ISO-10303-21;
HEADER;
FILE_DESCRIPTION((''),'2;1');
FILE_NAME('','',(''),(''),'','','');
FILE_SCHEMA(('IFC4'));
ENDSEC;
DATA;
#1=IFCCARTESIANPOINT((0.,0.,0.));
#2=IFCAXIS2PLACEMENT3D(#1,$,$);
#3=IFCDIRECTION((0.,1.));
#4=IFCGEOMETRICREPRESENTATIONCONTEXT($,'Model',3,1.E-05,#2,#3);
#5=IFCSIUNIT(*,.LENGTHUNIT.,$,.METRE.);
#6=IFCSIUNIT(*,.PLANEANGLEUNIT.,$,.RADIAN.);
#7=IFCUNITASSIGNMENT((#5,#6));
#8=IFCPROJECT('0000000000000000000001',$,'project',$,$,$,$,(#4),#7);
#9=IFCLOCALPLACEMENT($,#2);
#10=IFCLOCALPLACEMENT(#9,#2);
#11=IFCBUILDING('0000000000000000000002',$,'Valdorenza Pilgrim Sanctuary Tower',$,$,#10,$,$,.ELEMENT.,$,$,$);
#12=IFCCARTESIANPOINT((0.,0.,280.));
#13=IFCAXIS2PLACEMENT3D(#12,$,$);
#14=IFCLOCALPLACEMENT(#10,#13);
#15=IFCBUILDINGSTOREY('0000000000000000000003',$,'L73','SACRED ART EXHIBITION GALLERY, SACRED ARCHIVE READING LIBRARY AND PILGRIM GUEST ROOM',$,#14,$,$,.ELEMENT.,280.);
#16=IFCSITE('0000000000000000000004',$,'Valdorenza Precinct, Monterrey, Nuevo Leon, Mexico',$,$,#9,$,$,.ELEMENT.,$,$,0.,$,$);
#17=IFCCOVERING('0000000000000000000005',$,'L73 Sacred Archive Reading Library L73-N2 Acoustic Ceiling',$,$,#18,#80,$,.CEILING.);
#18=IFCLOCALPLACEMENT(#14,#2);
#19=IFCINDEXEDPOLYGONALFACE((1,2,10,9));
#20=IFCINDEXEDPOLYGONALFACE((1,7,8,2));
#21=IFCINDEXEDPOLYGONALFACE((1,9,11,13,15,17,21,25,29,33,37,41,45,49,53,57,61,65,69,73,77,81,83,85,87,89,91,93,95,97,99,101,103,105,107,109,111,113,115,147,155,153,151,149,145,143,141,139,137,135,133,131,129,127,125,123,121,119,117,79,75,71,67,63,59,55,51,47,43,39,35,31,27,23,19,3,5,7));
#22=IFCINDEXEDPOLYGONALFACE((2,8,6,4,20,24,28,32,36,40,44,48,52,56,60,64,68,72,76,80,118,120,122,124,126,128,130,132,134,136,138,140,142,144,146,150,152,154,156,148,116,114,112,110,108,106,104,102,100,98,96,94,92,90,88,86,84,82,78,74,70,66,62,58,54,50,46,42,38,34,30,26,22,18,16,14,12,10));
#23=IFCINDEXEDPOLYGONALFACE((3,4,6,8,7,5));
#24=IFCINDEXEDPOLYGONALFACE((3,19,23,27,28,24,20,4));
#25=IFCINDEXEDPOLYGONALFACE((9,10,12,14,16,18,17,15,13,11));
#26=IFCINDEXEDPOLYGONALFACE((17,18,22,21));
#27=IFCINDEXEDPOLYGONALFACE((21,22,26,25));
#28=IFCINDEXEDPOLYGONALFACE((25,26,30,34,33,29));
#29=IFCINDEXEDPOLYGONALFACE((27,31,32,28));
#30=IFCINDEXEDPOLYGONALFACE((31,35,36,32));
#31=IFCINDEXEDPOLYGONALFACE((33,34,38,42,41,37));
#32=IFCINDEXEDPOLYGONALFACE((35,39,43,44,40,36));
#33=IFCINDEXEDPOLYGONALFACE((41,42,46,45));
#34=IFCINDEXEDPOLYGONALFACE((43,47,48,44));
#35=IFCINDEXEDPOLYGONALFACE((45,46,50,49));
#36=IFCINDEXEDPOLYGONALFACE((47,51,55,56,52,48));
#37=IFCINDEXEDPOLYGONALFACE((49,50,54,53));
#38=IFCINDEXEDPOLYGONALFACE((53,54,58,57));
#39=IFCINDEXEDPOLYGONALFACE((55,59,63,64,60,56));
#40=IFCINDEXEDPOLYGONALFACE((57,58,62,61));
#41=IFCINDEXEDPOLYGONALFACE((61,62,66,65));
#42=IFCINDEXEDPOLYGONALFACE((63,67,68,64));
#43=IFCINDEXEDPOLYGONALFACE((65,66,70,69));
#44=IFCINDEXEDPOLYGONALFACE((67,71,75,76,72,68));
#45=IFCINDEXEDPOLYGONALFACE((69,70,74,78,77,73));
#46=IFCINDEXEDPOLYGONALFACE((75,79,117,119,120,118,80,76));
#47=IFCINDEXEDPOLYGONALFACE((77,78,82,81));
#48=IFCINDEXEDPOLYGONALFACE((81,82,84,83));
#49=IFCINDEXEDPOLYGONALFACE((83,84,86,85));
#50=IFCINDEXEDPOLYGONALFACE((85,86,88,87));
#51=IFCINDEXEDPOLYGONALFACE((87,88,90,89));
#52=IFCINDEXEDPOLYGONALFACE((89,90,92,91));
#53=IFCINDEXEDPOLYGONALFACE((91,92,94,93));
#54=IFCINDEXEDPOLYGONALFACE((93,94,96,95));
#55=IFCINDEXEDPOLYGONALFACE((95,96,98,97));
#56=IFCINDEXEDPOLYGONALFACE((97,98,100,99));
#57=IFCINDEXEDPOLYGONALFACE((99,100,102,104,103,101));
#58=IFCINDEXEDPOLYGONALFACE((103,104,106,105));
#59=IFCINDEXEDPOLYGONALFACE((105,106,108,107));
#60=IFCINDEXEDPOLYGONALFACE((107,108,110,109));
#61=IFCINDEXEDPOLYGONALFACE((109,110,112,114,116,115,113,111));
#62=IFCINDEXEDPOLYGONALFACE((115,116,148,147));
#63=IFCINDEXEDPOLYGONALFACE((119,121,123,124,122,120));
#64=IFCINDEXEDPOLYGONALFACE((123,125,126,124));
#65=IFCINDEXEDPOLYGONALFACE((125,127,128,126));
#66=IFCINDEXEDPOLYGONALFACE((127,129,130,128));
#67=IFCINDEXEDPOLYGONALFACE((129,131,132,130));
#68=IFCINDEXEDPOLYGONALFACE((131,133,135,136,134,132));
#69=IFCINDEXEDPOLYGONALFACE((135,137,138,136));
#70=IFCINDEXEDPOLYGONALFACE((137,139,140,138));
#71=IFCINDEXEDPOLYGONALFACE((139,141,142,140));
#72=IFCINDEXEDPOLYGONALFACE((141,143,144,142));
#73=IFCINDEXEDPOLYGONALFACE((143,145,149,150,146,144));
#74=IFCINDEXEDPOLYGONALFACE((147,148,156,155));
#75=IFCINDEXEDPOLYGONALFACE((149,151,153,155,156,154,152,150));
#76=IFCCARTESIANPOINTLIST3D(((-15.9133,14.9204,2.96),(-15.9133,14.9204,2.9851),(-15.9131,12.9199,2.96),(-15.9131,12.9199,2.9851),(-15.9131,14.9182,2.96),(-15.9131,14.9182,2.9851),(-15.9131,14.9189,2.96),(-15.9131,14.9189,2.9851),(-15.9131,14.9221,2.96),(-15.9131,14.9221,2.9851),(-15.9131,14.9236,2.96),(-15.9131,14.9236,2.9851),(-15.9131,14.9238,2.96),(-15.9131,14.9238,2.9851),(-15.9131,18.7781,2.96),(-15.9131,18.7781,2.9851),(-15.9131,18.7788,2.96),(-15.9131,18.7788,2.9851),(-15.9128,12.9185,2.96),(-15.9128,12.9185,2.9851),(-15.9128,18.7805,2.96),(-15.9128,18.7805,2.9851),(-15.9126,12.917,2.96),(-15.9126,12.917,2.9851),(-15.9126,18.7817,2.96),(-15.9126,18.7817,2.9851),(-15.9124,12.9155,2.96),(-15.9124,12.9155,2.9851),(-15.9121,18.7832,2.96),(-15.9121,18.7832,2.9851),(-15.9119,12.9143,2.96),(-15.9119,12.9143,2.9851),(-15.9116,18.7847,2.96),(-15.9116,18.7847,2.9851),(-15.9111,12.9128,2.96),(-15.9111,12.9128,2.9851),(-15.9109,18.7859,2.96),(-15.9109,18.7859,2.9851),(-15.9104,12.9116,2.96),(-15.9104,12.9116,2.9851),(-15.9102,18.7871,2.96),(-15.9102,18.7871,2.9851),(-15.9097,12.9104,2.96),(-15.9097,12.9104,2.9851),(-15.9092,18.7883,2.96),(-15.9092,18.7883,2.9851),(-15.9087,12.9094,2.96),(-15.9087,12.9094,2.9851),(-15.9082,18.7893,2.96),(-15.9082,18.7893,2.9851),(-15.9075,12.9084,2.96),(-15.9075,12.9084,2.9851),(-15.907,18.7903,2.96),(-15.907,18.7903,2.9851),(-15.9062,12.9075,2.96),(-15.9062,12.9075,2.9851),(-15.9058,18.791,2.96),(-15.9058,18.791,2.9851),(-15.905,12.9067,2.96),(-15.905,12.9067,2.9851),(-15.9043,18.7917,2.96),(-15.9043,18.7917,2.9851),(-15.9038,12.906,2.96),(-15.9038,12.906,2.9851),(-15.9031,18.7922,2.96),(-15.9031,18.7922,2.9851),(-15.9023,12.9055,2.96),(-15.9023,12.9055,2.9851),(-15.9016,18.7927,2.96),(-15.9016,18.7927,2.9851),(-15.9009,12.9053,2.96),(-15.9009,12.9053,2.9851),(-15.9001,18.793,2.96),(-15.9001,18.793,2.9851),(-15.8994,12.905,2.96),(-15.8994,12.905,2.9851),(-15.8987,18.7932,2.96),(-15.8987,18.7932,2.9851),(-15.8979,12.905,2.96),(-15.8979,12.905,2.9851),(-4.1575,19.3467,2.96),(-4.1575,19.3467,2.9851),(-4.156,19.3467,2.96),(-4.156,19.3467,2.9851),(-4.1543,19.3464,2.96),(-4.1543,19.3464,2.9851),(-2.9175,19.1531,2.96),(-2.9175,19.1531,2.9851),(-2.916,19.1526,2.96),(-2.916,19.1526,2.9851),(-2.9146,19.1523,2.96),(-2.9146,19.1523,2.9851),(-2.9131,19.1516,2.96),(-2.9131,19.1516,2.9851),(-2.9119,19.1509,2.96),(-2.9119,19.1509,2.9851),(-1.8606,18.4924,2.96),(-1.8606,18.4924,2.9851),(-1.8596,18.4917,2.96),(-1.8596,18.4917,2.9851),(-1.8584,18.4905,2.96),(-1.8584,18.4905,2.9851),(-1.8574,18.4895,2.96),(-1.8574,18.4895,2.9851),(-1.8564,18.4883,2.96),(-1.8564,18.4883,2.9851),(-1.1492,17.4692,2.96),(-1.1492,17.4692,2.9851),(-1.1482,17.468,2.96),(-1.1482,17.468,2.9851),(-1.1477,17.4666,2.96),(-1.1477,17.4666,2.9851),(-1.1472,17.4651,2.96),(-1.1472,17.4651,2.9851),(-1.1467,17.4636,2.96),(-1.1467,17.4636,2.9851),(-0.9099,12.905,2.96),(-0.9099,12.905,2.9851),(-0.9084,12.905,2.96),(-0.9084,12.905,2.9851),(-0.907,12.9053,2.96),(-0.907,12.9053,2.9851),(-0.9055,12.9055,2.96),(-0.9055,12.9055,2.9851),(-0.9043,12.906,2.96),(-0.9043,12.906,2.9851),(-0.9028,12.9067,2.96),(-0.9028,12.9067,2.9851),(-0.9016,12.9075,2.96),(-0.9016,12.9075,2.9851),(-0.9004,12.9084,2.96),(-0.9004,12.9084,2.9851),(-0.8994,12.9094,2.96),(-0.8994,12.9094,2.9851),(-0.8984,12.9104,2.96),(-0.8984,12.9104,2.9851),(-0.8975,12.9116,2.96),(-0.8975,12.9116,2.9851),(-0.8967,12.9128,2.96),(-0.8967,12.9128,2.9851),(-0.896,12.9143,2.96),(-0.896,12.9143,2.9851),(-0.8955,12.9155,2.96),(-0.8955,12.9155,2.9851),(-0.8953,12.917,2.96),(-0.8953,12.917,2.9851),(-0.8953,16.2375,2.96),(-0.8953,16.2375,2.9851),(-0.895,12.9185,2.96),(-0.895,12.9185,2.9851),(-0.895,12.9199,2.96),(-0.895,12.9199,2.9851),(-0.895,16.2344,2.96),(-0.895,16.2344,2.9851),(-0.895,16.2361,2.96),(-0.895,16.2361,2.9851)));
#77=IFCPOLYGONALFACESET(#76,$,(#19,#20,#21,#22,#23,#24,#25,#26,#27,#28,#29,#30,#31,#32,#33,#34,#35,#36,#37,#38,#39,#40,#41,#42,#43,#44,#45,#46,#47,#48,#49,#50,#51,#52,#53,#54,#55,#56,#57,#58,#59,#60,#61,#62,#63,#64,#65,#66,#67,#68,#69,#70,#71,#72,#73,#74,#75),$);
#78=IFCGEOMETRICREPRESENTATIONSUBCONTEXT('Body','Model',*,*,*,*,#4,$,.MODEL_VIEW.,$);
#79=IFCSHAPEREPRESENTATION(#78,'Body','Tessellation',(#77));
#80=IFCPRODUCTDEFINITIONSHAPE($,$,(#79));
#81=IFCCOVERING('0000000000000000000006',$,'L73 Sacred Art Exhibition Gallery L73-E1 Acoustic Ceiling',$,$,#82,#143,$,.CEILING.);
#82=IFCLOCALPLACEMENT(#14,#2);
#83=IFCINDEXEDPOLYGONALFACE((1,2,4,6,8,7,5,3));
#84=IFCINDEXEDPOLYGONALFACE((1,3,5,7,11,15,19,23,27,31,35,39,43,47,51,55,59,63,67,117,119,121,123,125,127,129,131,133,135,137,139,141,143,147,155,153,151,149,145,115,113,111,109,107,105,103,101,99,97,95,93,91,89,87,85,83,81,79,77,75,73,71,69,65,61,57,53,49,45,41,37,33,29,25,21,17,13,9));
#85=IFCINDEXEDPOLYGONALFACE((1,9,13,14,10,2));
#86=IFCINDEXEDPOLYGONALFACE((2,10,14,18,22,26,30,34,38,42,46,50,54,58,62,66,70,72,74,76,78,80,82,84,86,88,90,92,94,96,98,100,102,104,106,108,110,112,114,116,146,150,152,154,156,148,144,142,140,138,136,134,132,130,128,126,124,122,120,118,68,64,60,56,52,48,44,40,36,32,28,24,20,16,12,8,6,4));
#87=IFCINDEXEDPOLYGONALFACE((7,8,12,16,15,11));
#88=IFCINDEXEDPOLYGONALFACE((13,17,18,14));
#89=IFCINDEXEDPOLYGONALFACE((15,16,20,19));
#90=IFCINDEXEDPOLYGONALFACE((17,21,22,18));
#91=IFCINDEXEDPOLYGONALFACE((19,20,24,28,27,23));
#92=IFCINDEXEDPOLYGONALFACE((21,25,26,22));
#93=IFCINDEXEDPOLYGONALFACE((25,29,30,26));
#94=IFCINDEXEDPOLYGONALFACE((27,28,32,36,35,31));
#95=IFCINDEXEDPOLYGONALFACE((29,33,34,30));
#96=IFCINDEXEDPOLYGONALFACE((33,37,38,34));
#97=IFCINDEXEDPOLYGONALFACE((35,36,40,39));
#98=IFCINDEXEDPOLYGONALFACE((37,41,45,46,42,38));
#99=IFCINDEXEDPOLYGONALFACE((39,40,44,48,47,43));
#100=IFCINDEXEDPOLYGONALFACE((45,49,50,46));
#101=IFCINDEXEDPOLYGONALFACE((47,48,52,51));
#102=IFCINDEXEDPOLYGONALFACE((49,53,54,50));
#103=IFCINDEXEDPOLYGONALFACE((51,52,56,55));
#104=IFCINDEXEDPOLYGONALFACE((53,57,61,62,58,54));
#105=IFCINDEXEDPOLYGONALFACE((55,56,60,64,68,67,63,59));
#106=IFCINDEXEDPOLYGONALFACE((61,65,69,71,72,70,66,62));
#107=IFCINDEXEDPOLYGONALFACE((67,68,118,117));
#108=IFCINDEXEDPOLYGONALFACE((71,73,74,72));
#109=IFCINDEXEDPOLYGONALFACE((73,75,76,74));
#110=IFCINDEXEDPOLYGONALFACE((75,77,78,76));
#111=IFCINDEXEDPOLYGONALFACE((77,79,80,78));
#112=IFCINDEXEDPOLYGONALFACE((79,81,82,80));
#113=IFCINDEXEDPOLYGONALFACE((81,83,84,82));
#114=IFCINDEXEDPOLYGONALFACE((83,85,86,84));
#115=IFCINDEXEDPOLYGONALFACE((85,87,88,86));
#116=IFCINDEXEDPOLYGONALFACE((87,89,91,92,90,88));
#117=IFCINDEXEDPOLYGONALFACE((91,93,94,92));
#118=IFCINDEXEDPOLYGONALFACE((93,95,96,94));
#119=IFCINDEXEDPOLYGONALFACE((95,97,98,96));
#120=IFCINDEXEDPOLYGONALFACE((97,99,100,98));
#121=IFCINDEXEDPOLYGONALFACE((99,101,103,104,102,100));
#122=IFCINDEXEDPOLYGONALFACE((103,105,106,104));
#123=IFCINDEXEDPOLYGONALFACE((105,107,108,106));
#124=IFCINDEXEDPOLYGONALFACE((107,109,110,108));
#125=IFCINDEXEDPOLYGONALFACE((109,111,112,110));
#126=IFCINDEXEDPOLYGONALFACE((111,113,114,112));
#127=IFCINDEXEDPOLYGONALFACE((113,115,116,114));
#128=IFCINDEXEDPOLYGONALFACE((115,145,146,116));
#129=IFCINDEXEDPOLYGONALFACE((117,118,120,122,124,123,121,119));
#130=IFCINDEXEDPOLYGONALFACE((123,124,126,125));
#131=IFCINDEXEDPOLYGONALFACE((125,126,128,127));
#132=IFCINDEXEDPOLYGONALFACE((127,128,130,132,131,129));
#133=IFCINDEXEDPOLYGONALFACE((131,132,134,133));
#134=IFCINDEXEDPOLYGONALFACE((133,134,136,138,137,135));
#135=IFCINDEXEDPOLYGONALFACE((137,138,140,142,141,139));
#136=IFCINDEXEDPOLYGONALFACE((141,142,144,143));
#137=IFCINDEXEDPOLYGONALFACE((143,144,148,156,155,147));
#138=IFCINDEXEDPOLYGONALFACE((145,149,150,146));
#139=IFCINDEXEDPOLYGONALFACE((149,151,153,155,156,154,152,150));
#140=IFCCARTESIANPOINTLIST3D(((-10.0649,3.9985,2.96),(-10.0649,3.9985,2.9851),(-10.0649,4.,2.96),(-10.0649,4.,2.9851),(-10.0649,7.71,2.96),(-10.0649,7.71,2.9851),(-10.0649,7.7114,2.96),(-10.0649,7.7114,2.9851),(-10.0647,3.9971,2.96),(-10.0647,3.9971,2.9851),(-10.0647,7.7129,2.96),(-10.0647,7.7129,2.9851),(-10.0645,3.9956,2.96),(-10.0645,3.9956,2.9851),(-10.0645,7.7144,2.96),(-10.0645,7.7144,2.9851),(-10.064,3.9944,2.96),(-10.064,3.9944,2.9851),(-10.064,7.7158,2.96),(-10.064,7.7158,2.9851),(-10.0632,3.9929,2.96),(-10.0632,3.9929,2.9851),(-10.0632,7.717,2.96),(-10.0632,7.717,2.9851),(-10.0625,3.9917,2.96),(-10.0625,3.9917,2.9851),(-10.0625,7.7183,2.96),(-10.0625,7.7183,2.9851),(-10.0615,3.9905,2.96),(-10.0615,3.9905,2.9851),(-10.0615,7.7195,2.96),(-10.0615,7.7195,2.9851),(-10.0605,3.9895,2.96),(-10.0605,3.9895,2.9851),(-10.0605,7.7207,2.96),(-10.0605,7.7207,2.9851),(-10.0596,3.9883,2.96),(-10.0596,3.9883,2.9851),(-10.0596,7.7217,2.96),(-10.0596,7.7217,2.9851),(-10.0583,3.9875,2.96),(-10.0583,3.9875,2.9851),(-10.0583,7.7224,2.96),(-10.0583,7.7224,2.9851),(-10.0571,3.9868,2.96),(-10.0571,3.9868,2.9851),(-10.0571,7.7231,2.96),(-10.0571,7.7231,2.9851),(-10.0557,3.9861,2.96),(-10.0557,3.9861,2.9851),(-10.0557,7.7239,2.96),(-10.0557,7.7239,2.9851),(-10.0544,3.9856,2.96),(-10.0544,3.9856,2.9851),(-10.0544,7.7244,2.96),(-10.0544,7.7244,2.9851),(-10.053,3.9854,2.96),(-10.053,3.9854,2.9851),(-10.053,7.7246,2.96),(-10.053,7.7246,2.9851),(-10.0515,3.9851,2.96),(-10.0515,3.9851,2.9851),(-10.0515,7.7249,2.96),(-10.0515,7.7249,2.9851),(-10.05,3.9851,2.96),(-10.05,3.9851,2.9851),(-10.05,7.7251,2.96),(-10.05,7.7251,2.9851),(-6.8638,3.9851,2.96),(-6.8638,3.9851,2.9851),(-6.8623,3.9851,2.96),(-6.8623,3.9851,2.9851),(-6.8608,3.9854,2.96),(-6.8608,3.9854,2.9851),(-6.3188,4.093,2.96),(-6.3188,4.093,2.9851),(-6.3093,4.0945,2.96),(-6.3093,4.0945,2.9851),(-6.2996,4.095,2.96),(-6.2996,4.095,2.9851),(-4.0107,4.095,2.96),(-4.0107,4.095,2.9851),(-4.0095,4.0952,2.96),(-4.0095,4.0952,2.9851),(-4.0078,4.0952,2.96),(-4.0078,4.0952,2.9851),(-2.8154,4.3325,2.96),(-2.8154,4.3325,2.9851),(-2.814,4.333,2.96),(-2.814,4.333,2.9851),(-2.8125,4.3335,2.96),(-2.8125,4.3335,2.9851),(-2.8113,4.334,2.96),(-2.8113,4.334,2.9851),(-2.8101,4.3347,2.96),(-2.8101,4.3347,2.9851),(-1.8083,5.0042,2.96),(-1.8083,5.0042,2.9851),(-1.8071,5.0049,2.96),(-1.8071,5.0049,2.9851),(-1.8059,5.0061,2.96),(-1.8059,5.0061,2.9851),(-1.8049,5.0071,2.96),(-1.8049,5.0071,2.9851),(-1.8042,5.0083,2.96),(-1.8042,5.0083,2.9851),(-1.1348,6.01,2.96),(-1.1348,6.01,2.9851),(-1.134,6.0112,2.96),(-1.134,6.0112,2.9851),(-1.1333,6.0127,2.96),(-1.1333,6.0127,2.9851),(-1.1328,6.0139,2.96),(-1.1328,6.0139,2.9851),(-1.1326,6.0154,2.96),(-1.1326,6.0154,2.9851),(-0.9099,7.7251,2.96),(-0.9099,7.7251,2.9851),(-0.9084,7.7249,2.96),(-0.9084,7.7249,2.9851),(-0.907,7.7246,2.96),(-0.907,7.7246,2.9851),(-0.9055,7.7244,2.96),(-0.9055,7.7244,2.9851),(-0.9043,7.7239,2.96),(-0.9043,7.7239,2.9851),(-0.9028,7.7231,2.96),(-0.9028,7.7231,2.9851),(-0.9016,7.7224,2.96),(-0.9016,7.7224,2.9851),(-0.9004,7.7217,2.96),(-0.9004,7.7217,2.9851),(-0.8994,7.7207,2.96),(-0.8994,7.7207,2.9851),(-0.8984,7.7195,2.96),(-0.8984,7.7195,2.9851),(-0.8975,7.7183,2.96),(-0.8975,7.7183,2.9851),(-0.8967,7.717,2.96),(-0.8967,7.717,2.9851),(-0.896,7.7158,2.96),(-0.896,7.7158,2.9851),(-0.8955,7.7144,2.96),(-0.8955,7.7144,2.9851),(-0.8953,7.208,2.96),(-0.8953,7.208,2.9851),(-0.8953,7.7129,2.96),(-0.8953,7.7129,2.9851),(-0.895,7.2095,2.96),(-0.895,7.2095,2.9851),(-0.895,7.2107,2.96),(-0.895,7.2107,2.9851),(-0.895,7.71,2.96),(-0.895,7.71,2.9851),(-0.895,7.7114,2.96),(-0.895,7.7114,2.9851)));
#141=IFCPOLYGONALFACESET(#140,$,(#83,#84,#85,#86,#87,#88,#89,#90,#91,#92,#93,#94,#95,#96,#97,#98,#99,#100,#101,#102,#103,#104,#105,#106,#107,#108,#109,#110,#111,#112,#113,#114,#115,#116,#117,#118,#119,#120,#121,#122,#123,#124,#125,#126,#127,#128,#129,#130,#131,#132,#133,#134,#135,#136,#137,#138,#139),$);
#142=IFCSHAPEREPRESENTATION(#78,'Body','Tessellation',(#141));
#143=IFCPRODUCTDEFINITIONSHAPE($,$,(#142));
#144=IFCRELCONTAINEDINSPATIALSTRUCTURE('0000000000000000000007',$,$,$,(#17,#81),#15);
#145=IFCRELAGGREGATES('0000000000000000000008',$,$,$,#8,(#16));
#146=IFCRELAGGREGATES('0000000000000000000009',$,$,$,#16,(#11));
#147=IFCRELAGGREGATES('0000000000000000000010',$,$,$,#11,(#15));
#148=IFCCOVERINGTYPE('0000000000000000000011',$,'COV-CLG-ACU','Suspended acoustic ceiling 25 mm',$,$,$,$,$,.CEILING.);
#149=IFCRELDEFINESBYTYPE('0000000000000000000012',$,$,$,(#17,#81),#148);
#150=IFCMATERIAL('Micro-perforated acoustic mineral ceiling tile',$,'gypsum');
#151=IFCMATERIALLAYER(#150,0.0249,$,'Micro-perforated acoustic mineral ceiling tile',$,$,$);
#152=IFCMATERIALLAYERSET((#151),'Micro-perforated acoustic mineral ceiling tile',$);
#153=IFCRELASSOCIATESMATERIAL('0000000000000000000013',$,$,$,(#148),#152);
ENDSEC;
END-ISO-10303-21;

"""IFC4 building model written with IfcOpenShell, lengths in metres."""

from ifc_helpers import new_model, si_unit, direction, frame, origin, place, context, subcontext, project, spatial, polyline, outline, extrude, material, layer, layer_set, type_object, element, save


model = new_model("IFC4")

# Units and contexts
model_context = context("Model", 3, precision=1e-05, world=origin(), true_north=direction((0.0, 1.0)))
body_context = subcontext(model_context, "Body", "Model", "MODEL_VIEW")
ifc_project = project(units=[si_unit("LENGTHUNIT", "METRE"), si_unit("PLANEANGLEUNIT", "RADIAN")], contexts=[model_context])

# Site, building, storey
site_placement = place(None, origin())
site = spatial("IfcSite", under=ifc_project, at=site_placement, Name="Valdorenza Precinct, Monterrey, Nuevo Leon, Mexico", CompositionType="ELEMENT", RefElevation=0.0)
building_placement = place(site_placement, origin())
building = spatial("IfcBuilding", under=site, at=building_placement, Name="Valdorenza Pilgrim Sanctuary Tower", CompositionType="ELEMENT")
storey_placement = place(building_placement, frame((0.0, 0.0, 280.0)))
storey = spatial("IfcBuildingStorey", under=building, at=storey_placement, Name="L73", Description="SACRED ART EXHIBITION GALLERY, SACRED ARCHIVE READING LIBRARY AND PILGRIM GUEST ROOM", CompositionType="ELEMENT", Elevation=280.0)

# Coverings
ifc_material_1 = material(Name="Micro-perforated acoustic mineral ceiling tile", Category="gypsum")
ifc_layer_1 = layer(ifc_material_1, 0.0249, Name="Micro-perforated acoustic mineral ceiling tile")
ifc_layer_set_1 = layer_set([ifc_layer_1], Name="Micro-perforated acoustic mineral ceiling tile")
covering_type_1 = type_object("IfcCoveringType", Name="COV-CLG-ACU", Description="Suspended acoustic ceiling 25 mm", PredefinedType="CEILING", material=ifc_layer_set_1)
covering_1_placement = place(storey_placement, frame((0.0, 0.0, 2.96)))
element("IfcCovering", 1, at=covering_1_placement, inside=storey, type_object=covering_type_1, Name="L73 Sacred Archive Reading Library L73-N2 Acoustic Ceiling", PredefinedType="CEILING", context=body_context, shape_type="SweptSolid", body=[
    extrude(outline(polyline([(-15.9131, 14.9182), (-15.9131, 14.9189), (-15.9133, 14.9204), (-15.9131, 14.9221), (-15.9131, 14.9236), (-15.9131, 14.9238), (-15.9131, 18.7781), (-15.9131, 18.7781), (-15.9131, 18.7788), (-15.9128, 18.7805), (-15.9126, 18.7817), (-15.9121, 18.7832), (-15.9116, 18.7847), (-15.9109, 18.7859), (-15.9102, 18.7871), (-15.9092, 18.7883), (-15.9082, 18.7893), (-15.907, 18.7903), (-15.9058, 18.791), (-15.9043, 18.7917), (-15.9031, 18.7922), (-15.9016, 18.7927), (-15.9001, 18.793), (-15.8987, 18.7932), (-4.1575, 19.3467), (-4.156, 19.3467), (-4.1543, 19.3464), (-2.9175, 19.1531), (-2.916, 19.1526), (-2.9146, 19.1523), (-2.9131, 19.1516), (-2.9119, 19.1509), (-1.8606, 18.4924), (-1.8596, 18.4917), (-1.8584, 18.4905), (-1.8574, 18.4895), (-1.8564, 18.4883), (-1.1492, 17.4692), (-1.1482, 17.468), (-1.1477, 17.4666), (-1.1472, 17.4651), (-1.1467, 17.4636), (-0.8953, 16.2375), (-0.895, 16.2361), (-0.895, 16.2344), (-0.895, 12.9199), (-0.895, 12.9185), (-0.8953, 12.917), (-0.8955, 12.9155), (-0.896, 12.9143), (-0.8967, 12.9128), (-0.8975, 12.9116), (-0.8984, 12.9104), (-0.8994, 12.9094), (-0.9004, 12.9084), (-0.9016, 12.9075), (-0.9028, 12.9067), (-0.9043, 12.906), (-0.9055, 12.9055), (-0.907, 12.9053), (-0.9084, 12.905), (-0.9099, 12.905), (-15.8979, 12.905), (-15.8994, 12.905), (-15.9009, 12.9053), (-15.9023, 12.9055), (-15.9038, 12.906), (-15.905, 12.9067), (-15.9062, 12.9075), (-15.9075, 12.9084), (-15.9087, 12.9094), (-15.9097, 12.9104), (-15.9104, 12.9116), (-15.9111, 12.9128), (-15.9119, 12.9143), (-15.9124, 12.9155), (-15.9126, 12.917), (-15.9128, 12.9185), (-15.9131, 12.9199), (-15.9131, 14.9182)])), origin(), (0.0, 0.0, 1.0), 0.0251),
])
covering_2_placement = place(storey_placement, frame((0.0, 0.0, 2.96)))
element("IfcCovering", 2, at=covering_2_placement, inside=storey, type_object=covering_type_1, Name="L73 Sacred Art Exhibition Gallery L73-E1 Acoustic Ceiling", PredefinedType="CEILING", context=body_context, shape_type="SweptSolid", body=[
    extrude(outline(polyline([(-10.0649, 7.71), (-10.0649, 7.7114), (-10.0647, 7.7129), (-10.0645, 7.7144), (-10.064, 7.7158), (-10.0632, 7.717), (-10.0625, 7.7183), (-10.0615, 7.7195), (-10.0605, 7.7207), (-10.0596, 7.7217), (-10.0583, 7.7224), (-10.0571, 7.7231), (-10.0557, 7.7239), (-10.0544, 7.7244), (-10.053, 7.7246), (-10.0515, 7.7249), (-10.05, 7.7251), (-0.9099, 7.7251), (-0.9084, 7.7249), (-0.907, 7.7246), (-0.9055, 7.7244), (-0.9043, 7.7239), (-0.9028, 7.7231), (-0.9016, 7.7224), (-0.9004, 7.7217), (-0.8994, 7.7207), (-0.8984, 7.7195), (-0.8975, 7.7183), (-0.8967, 7.717), (-0.896, 7.7158), (-0.8955, 7.7144), (-0.8953, 7.7129), (-0.895, 7.7114), (-0.895, 7.71), (-0.895, 7.2107), (-0.895, 7.2095), (-0.8953, 7.208), (-1.1326, 6.0154), (-1.1328, 6.0139), (-1.1333, 6.0127), (-1.134, 6.0112), (-1.1348, 6.01), (-1.8042, 5.0083), (-1.8049, 5.0071), (-1.8059, 5.0061), (-1.8071, 5.0049), (-1.8083, 5.0042), (-2.8101, 4.3347), (-2.8113, 4.334), (-2.8125, 4.3335), (-2.814, 4.333), (-2.8154, 4.3325), (-4.0078, 4.0952), (-4.0095, 4.0952), (-4.0107, 4.095), (-6.2996, 4.095), (-6.3093, 4.0945), (-6.3188, 4.093), (-6.8608, 3.9854), (-6.8623, 3.9851), (-6.8638, 3.9851), (-10.05, 3.9851), (-10.0515, 3.9851), (-10.053, 3.9854), (-10.0544, 3.9856), (-10.0557, 3.9861), (-10.0571, 3.9868), (-10.0583, 3.9875), (-10.0596, 3.9883), (-10.0605, 3.9895), (-10.0615, 3.9905), (-10.0625, 3.9917), (-10.0632, 3.9929), (-10.064, 3.9944), (-10.0645, 3.9956), (-10.0647, 3.9971), (-10.0649, 3.9985), (-10.0649, 4.0), (-10.0649, 7.71)])), origin(), (0.0, 0.0, 1.0), 0.0251),
])

save(model, "model.ifc")
